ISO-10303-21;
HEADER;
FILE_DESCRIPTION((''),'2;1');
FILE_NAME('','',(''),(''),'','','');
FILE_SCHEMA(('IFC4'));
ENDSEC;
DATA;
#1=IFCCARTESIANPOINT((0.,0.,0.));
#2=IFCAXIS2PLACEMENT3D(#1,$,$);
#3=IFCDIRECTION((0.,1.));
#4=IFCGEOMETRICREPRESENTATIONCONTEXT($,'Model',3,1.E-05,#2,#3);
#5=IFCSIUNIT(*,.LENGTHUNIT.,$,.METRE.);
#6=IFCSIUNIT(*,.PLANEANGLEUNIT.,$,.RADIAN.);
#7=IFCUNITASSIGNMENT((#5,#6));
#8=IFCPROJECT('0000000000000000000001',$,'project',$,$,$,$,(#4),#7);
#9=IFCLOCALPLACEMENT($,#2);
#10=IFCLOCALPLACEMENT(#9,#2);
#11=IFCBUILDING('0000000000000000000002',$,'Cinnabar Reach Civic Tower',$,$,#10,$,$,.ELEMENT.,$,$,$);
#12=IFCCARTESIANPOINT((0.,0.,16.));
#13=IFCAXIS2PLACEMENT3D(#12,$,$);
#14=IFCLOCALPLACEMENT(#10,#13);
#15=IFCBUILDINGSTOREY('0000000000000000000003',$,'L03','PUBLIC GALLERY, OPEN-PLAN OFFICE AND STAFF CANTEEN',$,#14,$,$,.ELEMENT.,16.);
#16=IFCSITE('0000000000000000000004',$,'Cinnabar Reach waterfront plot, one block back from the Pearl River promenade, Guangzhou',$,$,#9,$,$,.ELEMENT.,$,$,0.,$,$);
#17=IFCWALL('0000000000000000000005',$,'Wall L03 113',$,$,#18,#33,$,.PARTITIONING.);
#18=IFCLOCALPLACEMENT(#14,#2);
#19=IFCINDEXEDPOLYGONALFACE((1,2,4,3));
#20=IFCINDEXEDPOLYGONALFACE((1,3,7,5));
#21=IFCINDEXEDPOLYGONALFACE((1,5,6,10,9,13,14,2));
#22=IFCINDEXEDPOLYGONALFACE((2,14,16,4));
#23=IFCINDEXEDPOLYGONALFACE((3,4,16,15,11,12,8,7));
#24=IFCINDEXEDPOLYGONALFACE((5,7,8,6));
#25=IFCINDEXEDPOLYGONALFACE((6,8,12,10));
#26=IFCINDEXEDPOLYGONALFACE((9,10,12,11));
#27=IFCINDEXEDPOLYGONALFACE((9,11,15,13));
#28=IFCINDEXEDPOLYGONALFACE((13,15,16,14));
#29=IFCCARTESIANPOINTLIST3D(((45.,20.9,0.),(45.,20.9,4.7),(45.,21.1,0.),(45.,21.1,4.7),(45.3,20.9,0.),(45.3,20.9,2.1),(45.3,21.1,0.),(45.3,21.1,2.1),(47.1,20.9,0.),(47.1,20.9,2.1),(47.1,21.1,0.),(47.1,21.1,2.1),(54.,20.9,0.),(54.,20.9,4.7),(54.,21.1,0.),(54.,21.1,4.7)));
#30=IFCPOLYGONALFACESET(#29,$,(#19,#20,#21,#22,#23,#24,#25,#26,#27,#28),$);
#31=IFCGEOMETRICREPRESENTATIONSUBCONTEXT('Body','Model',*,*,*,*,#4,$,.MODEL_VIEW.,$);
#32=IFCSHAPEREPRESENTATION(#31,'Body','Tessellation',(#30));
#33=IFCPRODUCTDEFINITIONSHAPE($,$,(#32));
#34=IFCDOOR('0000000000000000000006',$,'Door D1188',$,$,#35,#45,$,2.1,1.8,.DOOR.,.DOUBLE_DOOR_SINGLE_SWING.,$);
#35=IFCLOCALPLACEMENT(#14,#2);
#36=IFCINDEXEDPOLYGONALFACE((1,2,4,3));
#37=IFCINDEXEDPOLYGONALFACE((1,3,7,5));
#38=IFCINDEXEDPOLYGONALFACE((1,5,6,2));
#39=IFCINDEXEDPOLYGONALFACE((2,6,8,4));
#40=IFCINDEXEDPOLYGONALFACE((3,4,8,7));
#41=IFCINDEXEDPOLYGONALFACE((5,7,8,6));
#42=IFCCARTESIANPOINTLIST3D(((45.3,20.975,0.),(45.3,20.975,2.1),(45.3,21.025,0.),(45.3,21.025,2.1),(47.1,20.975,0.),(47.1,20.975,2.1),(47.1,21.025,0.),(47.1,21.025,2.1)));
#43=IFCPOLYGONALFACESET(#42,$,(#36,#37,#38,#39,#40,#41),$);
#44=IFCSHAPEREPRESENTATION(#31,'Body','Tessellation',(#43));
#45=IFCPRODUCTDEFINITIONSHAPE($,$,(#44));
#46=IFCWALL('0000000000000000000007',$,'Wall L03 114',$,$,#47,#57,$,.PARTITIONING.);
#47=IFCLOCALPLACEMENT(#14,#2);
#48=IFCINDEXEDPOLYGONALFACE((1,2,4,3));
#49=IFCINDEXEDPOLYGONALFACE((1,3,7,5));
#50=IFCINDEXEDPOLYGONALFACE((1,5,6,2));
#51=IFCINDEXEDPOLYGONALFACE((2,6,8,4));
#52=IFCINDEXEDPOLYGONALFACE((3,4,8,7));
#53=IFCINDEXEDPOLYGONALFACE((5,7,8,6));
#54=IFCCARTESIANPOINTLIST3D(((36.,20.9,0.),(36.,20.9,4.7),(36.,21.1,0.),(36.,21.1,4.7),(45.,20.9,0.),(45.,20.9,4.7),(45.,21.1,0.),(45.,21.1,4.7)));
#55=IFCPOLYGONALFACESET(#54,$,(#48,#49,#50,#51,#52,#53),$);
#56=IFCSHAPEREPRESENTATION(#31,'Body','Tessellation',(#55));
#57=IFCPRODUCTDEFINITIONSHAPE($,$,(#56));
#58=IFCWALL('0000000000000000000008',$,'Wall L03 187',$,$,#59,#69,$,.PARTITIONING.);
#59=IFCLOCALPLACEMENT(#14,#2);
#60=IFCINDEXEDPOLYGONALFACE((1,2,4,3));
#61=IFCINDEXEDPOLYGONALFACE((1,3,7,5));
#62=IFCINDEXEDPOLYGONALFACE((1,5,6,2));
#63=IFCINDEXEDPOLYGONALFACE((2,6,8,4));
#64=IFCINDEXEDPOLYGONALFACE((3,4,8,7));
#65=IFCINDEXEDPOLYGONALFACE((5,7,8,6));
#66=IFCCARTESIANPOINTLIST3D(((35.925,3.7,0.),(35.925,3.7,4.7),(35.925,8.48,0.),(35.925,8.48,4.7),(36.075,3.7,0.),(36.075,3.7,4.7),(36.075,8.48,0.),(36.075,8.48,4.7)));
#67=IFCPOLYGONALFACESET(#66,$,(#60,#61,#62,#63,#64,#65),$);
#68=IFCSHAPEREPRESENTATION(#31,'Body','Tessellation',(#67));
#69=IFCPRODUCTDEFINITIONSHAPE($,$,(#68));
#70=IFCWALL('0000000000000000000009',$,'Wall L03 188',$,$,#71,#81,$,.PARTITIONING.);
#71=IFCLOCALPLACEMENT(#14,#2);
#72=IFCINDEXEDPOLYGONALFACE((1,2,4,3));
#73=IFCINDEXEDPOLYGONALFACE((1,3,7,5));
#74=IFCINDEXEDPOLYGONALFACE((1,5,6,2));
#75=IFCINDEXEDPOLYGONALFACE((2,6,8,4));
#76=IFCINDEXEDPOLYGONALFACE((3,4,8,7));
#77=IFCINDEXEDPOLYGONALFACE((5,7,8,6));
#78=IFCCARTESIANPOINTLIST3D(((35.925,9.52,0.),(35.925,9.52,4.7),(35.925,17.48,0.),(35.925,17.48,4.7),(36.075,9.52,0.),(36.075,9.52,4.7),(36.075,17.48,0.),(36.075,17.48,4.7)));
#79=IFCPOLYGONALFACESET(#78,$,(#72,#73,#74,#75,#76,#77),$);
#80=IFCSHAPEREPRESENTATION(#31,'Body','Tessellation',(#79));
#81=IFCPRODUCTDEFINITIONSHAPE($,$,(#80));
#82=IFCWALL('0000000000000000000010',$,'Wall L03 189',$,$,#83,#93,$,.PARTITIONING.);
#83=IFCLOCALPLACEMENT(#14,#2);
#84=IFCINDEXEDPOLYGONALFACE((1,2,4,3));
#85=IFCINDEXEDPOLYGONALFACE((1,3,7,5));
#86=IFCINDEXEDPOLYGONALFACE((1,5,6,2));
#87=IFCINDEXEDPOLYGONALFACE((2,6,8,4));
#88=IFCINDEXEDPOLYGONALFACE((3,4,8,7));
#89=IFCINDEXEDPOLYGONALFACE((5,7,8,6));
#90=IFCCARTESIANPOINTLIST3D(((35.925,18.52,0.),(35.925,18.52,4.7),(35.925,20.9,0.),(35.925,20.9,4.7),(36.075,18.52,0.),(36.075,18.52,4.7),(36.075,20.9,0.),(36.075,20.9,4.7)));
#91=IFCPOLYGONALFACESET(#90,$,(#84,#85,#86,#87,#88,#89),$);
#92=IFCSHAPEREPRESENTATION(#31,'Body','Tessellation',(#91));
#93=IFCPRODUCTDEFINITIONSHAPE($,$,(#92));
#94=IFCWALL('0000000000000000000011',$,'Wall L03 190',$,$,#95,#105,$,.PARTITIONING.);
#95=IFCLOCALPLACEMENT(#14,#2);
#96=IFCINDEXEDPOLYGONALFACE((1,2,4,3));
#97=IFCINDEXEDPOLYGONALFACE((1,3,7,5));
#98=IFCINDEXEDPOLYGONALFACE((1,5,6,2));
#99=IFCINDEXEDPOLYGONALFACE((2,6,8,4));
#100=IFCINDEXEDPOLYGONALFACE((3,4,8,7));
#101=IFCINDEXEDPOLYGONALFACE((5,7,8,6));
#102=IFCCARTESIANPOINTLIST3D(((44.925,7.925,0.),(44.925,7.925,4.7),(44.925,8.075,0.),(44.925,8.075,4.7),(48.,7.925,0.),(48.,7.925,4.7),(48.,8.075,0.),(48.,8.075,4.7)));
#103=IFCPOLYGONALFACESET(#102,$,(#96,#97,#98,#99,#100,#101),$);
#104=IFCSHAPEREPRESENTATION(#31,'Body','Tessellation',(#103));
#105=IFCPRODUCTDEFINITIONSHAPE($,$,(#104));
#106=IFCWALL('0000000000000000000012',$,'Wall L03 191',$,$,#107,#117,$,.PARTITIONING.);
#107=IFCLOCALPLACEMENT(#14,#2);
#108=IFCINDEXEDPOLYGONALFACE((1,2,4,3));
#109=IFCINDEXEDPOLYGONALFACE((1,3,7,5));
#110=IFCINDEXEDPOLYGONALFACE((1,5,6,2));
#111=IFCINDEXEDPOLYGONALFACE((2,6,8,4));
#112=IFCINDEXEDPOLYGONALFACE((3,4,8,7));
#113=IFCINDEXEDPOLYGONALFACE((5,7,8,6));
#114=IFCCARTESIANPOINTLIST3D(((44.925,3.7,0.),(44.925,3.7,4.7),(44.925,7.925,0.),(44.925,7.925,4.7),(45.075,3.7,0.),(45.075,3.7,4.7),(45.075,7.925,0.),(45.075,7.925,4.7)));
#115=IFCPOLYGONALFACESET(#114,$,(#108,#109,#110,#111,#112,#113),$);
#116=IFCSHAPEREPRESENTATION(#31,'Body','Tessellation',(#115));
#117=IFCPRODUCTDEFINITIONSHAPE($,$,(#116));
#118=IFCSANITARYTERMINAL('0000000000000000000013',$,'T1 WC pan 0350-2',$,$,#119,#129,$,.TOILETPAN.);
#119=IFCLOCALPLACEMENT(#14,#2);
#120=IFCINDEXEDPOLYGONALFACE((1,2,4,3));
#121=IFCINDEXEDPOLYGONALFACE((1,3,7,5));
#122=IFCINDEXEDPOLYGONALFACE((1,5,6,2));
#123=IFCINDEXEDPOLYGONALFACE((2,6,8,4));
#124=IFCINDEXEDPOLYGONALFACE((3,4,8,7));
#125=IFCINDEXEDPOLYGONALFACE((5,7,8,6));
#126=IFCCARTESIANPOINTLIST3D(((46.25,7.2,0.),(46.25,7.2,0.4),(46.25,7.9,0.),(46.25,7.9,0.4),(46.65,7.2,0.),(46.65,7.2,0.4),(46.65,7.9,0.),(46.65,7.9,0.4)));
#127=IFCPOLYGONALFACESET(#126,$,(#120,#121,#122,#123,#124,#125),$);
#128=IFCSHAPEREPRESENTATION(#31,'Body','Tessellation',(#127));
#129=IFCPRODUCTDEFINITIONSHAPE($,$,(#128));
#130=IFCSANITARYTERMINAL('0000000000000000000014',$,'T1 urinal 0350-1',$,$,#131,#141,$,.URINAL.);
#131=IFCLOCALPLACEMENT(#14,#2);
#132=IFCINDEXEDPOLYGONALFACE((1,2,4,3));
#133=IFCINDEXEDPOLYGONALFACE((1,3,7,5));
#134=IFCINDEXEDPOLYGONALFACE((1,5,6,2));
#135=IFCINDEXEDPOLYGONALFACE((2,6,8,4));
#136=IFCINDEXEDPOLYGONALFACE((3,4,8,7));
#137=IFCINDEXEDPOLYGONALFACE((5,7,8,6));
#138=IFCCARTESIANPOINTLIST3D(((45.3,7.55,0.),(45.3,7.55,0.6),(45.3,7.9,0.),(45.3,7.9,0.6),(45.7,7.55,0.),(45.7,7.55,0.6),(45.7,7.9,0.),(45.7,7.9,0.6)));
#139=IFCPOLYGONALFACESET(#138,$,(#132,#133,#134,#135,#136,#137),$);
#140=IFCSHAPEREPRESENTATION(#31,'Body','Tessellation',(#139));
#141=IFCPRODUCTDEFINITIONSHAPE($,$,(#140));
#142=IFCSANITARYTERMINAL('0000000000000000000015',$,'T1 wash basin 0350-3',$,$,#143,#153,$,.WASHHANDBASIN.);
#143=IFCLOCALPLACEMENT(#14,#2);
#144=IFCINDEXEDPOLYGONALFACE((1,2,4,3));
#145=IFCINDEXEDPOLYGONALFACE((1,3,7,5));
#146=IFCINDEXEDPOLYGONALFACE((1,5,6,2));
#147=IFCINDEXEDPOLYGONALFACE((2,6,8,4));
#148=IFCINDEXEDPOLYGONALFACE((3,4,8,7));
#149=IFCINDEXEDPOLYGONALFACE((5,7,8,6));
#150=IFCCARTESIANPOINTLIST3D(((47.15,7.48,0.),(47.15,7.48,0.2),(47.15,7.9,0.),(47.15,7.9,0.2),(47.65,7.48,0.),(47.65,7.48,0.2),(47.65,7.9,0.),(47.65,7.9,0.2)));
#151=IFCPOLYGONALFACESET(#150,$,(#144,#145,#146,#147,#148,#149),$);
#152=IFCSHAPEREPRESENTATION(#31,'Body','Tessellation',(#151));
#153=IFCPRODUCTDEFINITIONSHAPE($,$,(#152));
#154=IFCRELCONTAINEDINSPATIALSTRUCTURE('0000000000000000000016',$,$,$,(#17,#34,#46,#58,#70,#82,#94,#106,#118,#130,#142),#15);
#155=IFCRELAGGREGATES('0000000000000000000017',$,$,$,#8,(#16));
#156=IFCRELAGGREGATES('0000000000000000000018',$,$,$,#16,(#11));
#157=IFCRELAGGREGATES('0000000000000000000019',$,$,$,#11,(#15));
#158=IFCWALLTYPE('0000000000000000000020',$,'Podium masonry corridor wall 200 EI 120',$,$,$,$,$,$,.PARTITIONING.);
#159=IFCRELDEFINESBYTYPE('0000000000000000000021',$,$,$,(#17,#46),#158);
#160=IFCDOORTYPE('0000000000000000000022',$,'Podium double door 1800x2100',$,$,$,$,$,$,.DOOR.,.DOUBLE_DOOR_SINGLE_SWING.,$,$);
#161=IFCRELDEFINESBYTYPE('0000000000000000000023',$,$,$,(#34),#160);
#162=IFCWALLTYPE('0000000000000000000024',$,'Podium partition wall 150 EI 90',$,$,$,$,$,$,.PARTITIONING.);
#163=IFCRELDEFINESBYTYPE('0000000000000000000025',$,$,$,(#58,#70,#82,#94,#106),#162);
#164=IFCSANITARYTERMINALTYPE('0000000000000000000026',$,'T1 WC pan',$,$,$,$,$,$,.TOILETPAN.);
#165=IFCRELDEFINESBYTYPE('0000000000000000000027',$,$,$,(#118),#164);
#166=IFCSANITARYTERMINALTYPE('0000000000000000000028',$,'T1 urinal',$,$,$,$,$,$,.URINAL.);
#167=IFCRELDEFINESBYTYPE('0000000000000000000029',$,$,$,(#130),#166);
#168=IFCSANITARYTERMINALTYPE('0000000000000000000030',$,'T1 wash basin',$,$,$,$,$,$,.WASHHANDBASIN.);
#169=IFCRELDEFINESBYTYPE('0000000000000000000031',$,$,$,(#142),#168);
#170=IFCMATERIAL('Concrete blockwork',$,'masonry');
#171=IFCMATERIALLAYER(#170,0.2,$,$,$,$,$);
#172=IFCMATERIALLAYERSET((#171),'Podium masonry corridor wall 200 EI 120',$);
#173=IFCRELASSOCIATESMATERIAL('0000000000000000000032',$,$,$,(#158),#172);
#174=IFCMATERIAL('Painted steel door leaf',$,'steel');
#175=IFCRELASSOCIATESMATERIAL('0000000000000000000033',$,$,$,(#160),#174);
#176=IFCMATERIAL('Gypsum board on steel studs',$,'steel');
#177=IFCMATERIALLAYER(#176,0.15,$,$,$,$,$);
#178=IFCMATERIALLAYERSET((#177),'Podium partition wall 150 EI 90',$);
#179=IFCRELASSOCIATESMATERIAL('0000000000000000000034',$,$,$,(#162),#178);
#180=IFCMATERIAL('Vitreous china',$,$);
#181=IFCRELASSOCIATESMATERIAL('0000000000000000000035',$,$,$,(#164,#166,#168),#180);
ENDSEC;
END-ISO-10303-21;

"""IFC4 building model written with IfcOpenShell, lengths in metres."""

from ifc_helpers import new_model, si_unit, direction, frame, frame_2d, origin, origin_2d, place, context, subcontext, project, spatial, rectangle, extrude, material, layer, layer_set, type_object, element, fill, save


model = new_model("IFC4")

# Units and contexts
model_context = context("Model", 3, precision=1e-05, world=origin(), true_north=direction((0.0, 1.0)))
body_context = subcontext(model_context, "Body", "Model", "MODEL_VIEW")
ifc_project = project(units=[si_unit("LENGTHUNIT", "METRE"), si_unit("PLANEANGLEUNIT", "RADIAN")], contexts=[model_context])

# Site, building, storey
site_placement = place(None, origin())
site = spatial("IfcSite", under=ifc_project, at=site_placement, Name="Cinnabar Reach waterfront plot, one block back from the Pearl River promenade, Guangzhou", CompositionType="ELEMENT", RefElevation=0.0)
building_placement = place(site_placement, origin())
building = spatial("IfcBuilding", under=site, at=building_placement, Name="Cinnabar Reach Civic Tower", CompositionType="ELEMENT")
storey_placement = place(building_placement, frame((0.0, 0.0, 16.0)))
storey = spatial("IfcBuildingStorey", under=building, at=storey_placement, Name="L03", Description="PUBLIC GALLERY, OPEN-PLAN OFFICE AND STAFF CANTEEN", CompositionType="ELEMENT", Elevation=16.0)

# Shared definitions
ifc_material_1 = material(Name="Concrete blockwork", Category="masonry")
ifc_layer_1 = layer(ifc_material_1, 0.2)
ifc_layer_set_1 = layer_set([ifc_layer_1], Name="Podium masonry corridor wall 200 EI 120")
wall_type_1 = type_object("IfcWallType", Name="Podium masonry corridor wall 200 EI 120", PredefinedType="PARTITIONING", material=ifc_layer_set_1)

# Shared definitions
ifc_material_2 = material(Name="Painted steel door leaf", Category="steel")

# Wall, opening, door
wall_1_placement = place(storey_placement, frame((45.0, 21.0, 0.0), z_axis=(0.0, 0.0, 1.0), x_axis=(1.0, 0.0, 0.0)))
wall_1 = element("IfcWall", 1, at=wall_1_placement, inside=storey, type_object=wall_type_1, Name="Wall L03 113", PredefinedType="PARTITIONING", context=body_context, shape_type="SweptSolid", body=[
    extrude(rectangle(XDim=9.0, YDim=0.2, at=frame_2d((4.5, 0.0))), origin(), (0.0, 0.0, 1.0), 4.7),
])
opening_1_placement = place(wall_1_placement, frame((0.3, 0.0, 0.0)))
opening_1 = element("IfcOpeningElement", 2, at=opening_1_placement, cuts=wall_1, PredefinedType="OPENING", context=body_context, shape_type="SweptSolid", body=[
    extrude(rectangle(XDim=1.8, YDim=2.1, at=frame_2d((0.9, 1.05))), frame((0.0, 0.11, 0.0), z_axis=(0.0, -1.0, 0.0), x_axis=(1.0, 0.0, 0.0)), (0.0, 0.0, 1.0), 0.22),
])
door_type_1 = type_object("IfcDoorType", Name="Podium double door 1800x2100", OperationType="DOUBLE_DOOR_SINGLE_SWING", PredefinedType="DOOR", material=ifc_material_2)
door_1_placement = place(opening_1_placement, frame((1.8, 0.0, 0.0), z_axis=(0.0, 0.0, 1.0), x_axis=(-1.0, 0.0, 0.0)))
door_1 = element("IfcDoor", 3, at=door_1_placement, inside=storey, type_object=door_type_1, Name="Door D1188", OperationType="DOUBLE_DOOR_SINGLE_SWING", OverallHeight=2.1, OverallWidth=1.8, PredefinedType="DOOR", context=body_context, shape_type="SweptSolid", body=[
    extrude(rectangle(XDim=1.8, YDim=2.1, at=frame_2d((0.9, 1.05))), frame((0.0, 0.025, 0.0), z_axis=(0.0, -1.0, 0.0), x_axis=(1.0, 0.0, 0.0)), (0.0, 0.0, 1.0), 0.05),
])
fill(opening_1, door_1)

# Walls
wall_2_placement = place(storey_placement, frame((36.0, 21.0, 0.0), z_axis=(0.0, 0.0, 1.0), x_axis=(1.0, 0.0, 0.0)))
element("IfcWall", 4, at=wall_2_placement, inside=storey, type_object=wall_type_1, Name="Wall L03 114", PredefinedType="PARTITIONING", context=body_context, shape_type="SweptSolid", body=[
    extrude(rectangle(XDim=9.0, YDim=0.2, at=frame_2d((4.5, 0.0))), origin(), (0.0, 0.0, 1.0), 4.7),
])
ifc_material_3 = material(Name="Gypsum board on steel studs", Category="steel")
ifc_layer_2 = layer(ifc_material_3, 0.15)
ifc_layer_set_2 = layer_set([ifc_layer_2], Name="Podium partition wall 150 EI 90")
wall_type_2 = type_object("IfcWallType", Name="Podium partition wall 150 EI 90", PredefinedType="PARTITIONING", material=ifc_layer_set_2)
wall_3_placement = place(storey_placement, frame((36.0, 3.7, 0.0), z_axis=(0.0, 0.0, 1.0), x_axis=(0.0, 1.0, 0.0)))
element("IfcWall", 5, at=wall_3_placement, inside=storey, type_object=wall_type_2, Name="Wall L03 187", PredefinedType="PARTITIONING", context=body_context, shape_type="SweptSolid", body=[
    extrude(rectangle(XDim=4.78, YDim=0.15, at=frame_2d((2.39, 0.0))), origin(), (0.0, 0.0, 1.0), 4.7),
])
wall_4_placement = place(storey_placement, frame((36.0, 9.52, 0.0), z_axis=(0.0, 0.0, 1.0), x_axis=(0.0, 1.0, 0.0)))
element("IfcWall", 6, at=wall_4_placement, inside=storey, type_object=wall_type_2, Name="Wall L03 188", PredefinedType="PARTITIONING", context=body_context, shape_type="SweptSolid", body=[
    extrude(rectangle(XDim=7.96, YDim=0.15, at=frame_2d((3.98, 0.0))), origin(), (0.0, 0.0, 1.0), 4.7),
])
wall_5_placement = place(storey_placement, frame((36.0, 18.52, 0.0), z_axis=(0.0, 0.0, 1.0), x_axis=(0.0, 1.0, 0.0)))
element("IfcWall", 7, at=wall_5_placement, inside=storey, type_object=wall_type_2, Name="Wall L03 189", PredefinedType="PARTITIONING", context=body_context, shape_type="SweptSolid", body=[
    extrude(rectangle(XDim=2.38, YDim=0.15, at=frame_2d((1.19, 0.0))), origin(), (0.0, 0.0, 1.0), 4.7),
])
wall_6_placement = place(storey_placement, frame((44.925, 8.0, 0.0), z_axis=(0.0, 0.0, 1.0), x_axis=(1.0, 0.0, 0.0)))
element("IfcWall", 8, at=wall_6_placement, inside=storey, type_object=wall_type_2, Name="Wall L03 190", PredefinedType="PARTITIONING", context=body_context, shape_type="SweptSolid", body=[
    extrude(rectangle(XDim=3.075, YDim=0.15, at=frame_2d((1.5375, 0.0))), origin(), (0.0, 0.0, 1.0), 4.7),
])
wall_7_placement = place(storey_placement, frame((45.0, 3.7, 0.0), z_axis=(0.0, 0.0, 1.0), x_axis=(0.0, 1.0, 0.0)))
element("IfcWall", 9, at=wall_7_placement, inside=storey, type_object=wall_type_2, Name="Wall L03 191", PredefinedType="PARTITIONING", context=body_context, shape_type="SweptSolid", body=[
    extrude(rectangle(XDim=4.225, YDim=0.15, at=frame_2d((2.1125, 0.0))), origin(), (0.0, 0.0, 1.0), 4.7),
])

# Sanitary terminals
ifc_material_4 = material(Name="Vitreous china")
sanitary_terminal_type_1 = type_object("IfcSanitaryTerminalType", Name="T1 WC pan", PredefinedType="TOILETPAN", material=ifc_material_4)
sanitary_terminal_1_placement = place(storey_placement, frame((46.45, 7.55, 0.0), z_axis=(0.0, 0.0, 1.0), x_axis=(1.0, 0.0, 0.0)))
element("IfcSanitaryTerminal", 10, at=sanitary_terminal_1_placement, inside=storey, type_object=sanitary_terminal_type_1, Name="T1 WC pan 0350-2", PredefinedType="TOILETPAN", context=body_context, shape_type="SweptSolid", body=[
    extrude(rectangle(XDim=0.4, YDim=0.7, at=origin_2d()), origin(), (0.0, 0.0, 1.0), 0.4),
])
sanitary_terminal_type_2 = type_object("IfcSanitaryTerminalType", Name="T1 urinal", PredefinedType="URINAL", material=ifc_material_4)
sanitary_terminal_2_placement = place(storey_placement, frame((45.5, 7.725, 0.0), z_axis=(0.0, 0.0, 1.0), x_axis=(1.0, 0.0, 0.0)))
element("IfcSanitaryTerminal", 11, at=sanitary_terminal_2_placement, inside=storey, type_object=sanitary_terminal_type_2, Name="T1 urinal 0350-1", PredefinedType="URINAL", context=body_context, shape_type="SweptSolid", body=[
    extrude(rectangle(XDim=0.4, YDim=0.35, at=origin_2d()), origin(), (0.0, 0.0, 1.0), 0.6),
])
sanitary_terminal_type_3 = type_object("IfcSanitaryTerminalType", Name="T1 wash basin", PredefinedType="WASHHANDBASIN", material=ifc_material_4)
sanitary_terminal_3_placement = place(storey_placement, frame((47.4, 7.69, 0.0), z_axis=(0.0, 0.0, 1.0), x_axis=(1.0, 0.0, 0.0)))
element("IfcSanitaryTerminal", 12, at=sanitary_terminal_3_placement, inside=storey, type_object=sanitary_terminal_type_3, Name="T1 wash basin 0350-3", PredefinedType="WASHHANDBASIN", context=body_context, shape_type="SweptSolid", body=[
    extrude(rectangle(XDim=0.5, YDim=0.42, at=origin_2d()), origin(), (0.0, 0.0, 1.0), 0.2),
])

save(model, "model.ifc")
